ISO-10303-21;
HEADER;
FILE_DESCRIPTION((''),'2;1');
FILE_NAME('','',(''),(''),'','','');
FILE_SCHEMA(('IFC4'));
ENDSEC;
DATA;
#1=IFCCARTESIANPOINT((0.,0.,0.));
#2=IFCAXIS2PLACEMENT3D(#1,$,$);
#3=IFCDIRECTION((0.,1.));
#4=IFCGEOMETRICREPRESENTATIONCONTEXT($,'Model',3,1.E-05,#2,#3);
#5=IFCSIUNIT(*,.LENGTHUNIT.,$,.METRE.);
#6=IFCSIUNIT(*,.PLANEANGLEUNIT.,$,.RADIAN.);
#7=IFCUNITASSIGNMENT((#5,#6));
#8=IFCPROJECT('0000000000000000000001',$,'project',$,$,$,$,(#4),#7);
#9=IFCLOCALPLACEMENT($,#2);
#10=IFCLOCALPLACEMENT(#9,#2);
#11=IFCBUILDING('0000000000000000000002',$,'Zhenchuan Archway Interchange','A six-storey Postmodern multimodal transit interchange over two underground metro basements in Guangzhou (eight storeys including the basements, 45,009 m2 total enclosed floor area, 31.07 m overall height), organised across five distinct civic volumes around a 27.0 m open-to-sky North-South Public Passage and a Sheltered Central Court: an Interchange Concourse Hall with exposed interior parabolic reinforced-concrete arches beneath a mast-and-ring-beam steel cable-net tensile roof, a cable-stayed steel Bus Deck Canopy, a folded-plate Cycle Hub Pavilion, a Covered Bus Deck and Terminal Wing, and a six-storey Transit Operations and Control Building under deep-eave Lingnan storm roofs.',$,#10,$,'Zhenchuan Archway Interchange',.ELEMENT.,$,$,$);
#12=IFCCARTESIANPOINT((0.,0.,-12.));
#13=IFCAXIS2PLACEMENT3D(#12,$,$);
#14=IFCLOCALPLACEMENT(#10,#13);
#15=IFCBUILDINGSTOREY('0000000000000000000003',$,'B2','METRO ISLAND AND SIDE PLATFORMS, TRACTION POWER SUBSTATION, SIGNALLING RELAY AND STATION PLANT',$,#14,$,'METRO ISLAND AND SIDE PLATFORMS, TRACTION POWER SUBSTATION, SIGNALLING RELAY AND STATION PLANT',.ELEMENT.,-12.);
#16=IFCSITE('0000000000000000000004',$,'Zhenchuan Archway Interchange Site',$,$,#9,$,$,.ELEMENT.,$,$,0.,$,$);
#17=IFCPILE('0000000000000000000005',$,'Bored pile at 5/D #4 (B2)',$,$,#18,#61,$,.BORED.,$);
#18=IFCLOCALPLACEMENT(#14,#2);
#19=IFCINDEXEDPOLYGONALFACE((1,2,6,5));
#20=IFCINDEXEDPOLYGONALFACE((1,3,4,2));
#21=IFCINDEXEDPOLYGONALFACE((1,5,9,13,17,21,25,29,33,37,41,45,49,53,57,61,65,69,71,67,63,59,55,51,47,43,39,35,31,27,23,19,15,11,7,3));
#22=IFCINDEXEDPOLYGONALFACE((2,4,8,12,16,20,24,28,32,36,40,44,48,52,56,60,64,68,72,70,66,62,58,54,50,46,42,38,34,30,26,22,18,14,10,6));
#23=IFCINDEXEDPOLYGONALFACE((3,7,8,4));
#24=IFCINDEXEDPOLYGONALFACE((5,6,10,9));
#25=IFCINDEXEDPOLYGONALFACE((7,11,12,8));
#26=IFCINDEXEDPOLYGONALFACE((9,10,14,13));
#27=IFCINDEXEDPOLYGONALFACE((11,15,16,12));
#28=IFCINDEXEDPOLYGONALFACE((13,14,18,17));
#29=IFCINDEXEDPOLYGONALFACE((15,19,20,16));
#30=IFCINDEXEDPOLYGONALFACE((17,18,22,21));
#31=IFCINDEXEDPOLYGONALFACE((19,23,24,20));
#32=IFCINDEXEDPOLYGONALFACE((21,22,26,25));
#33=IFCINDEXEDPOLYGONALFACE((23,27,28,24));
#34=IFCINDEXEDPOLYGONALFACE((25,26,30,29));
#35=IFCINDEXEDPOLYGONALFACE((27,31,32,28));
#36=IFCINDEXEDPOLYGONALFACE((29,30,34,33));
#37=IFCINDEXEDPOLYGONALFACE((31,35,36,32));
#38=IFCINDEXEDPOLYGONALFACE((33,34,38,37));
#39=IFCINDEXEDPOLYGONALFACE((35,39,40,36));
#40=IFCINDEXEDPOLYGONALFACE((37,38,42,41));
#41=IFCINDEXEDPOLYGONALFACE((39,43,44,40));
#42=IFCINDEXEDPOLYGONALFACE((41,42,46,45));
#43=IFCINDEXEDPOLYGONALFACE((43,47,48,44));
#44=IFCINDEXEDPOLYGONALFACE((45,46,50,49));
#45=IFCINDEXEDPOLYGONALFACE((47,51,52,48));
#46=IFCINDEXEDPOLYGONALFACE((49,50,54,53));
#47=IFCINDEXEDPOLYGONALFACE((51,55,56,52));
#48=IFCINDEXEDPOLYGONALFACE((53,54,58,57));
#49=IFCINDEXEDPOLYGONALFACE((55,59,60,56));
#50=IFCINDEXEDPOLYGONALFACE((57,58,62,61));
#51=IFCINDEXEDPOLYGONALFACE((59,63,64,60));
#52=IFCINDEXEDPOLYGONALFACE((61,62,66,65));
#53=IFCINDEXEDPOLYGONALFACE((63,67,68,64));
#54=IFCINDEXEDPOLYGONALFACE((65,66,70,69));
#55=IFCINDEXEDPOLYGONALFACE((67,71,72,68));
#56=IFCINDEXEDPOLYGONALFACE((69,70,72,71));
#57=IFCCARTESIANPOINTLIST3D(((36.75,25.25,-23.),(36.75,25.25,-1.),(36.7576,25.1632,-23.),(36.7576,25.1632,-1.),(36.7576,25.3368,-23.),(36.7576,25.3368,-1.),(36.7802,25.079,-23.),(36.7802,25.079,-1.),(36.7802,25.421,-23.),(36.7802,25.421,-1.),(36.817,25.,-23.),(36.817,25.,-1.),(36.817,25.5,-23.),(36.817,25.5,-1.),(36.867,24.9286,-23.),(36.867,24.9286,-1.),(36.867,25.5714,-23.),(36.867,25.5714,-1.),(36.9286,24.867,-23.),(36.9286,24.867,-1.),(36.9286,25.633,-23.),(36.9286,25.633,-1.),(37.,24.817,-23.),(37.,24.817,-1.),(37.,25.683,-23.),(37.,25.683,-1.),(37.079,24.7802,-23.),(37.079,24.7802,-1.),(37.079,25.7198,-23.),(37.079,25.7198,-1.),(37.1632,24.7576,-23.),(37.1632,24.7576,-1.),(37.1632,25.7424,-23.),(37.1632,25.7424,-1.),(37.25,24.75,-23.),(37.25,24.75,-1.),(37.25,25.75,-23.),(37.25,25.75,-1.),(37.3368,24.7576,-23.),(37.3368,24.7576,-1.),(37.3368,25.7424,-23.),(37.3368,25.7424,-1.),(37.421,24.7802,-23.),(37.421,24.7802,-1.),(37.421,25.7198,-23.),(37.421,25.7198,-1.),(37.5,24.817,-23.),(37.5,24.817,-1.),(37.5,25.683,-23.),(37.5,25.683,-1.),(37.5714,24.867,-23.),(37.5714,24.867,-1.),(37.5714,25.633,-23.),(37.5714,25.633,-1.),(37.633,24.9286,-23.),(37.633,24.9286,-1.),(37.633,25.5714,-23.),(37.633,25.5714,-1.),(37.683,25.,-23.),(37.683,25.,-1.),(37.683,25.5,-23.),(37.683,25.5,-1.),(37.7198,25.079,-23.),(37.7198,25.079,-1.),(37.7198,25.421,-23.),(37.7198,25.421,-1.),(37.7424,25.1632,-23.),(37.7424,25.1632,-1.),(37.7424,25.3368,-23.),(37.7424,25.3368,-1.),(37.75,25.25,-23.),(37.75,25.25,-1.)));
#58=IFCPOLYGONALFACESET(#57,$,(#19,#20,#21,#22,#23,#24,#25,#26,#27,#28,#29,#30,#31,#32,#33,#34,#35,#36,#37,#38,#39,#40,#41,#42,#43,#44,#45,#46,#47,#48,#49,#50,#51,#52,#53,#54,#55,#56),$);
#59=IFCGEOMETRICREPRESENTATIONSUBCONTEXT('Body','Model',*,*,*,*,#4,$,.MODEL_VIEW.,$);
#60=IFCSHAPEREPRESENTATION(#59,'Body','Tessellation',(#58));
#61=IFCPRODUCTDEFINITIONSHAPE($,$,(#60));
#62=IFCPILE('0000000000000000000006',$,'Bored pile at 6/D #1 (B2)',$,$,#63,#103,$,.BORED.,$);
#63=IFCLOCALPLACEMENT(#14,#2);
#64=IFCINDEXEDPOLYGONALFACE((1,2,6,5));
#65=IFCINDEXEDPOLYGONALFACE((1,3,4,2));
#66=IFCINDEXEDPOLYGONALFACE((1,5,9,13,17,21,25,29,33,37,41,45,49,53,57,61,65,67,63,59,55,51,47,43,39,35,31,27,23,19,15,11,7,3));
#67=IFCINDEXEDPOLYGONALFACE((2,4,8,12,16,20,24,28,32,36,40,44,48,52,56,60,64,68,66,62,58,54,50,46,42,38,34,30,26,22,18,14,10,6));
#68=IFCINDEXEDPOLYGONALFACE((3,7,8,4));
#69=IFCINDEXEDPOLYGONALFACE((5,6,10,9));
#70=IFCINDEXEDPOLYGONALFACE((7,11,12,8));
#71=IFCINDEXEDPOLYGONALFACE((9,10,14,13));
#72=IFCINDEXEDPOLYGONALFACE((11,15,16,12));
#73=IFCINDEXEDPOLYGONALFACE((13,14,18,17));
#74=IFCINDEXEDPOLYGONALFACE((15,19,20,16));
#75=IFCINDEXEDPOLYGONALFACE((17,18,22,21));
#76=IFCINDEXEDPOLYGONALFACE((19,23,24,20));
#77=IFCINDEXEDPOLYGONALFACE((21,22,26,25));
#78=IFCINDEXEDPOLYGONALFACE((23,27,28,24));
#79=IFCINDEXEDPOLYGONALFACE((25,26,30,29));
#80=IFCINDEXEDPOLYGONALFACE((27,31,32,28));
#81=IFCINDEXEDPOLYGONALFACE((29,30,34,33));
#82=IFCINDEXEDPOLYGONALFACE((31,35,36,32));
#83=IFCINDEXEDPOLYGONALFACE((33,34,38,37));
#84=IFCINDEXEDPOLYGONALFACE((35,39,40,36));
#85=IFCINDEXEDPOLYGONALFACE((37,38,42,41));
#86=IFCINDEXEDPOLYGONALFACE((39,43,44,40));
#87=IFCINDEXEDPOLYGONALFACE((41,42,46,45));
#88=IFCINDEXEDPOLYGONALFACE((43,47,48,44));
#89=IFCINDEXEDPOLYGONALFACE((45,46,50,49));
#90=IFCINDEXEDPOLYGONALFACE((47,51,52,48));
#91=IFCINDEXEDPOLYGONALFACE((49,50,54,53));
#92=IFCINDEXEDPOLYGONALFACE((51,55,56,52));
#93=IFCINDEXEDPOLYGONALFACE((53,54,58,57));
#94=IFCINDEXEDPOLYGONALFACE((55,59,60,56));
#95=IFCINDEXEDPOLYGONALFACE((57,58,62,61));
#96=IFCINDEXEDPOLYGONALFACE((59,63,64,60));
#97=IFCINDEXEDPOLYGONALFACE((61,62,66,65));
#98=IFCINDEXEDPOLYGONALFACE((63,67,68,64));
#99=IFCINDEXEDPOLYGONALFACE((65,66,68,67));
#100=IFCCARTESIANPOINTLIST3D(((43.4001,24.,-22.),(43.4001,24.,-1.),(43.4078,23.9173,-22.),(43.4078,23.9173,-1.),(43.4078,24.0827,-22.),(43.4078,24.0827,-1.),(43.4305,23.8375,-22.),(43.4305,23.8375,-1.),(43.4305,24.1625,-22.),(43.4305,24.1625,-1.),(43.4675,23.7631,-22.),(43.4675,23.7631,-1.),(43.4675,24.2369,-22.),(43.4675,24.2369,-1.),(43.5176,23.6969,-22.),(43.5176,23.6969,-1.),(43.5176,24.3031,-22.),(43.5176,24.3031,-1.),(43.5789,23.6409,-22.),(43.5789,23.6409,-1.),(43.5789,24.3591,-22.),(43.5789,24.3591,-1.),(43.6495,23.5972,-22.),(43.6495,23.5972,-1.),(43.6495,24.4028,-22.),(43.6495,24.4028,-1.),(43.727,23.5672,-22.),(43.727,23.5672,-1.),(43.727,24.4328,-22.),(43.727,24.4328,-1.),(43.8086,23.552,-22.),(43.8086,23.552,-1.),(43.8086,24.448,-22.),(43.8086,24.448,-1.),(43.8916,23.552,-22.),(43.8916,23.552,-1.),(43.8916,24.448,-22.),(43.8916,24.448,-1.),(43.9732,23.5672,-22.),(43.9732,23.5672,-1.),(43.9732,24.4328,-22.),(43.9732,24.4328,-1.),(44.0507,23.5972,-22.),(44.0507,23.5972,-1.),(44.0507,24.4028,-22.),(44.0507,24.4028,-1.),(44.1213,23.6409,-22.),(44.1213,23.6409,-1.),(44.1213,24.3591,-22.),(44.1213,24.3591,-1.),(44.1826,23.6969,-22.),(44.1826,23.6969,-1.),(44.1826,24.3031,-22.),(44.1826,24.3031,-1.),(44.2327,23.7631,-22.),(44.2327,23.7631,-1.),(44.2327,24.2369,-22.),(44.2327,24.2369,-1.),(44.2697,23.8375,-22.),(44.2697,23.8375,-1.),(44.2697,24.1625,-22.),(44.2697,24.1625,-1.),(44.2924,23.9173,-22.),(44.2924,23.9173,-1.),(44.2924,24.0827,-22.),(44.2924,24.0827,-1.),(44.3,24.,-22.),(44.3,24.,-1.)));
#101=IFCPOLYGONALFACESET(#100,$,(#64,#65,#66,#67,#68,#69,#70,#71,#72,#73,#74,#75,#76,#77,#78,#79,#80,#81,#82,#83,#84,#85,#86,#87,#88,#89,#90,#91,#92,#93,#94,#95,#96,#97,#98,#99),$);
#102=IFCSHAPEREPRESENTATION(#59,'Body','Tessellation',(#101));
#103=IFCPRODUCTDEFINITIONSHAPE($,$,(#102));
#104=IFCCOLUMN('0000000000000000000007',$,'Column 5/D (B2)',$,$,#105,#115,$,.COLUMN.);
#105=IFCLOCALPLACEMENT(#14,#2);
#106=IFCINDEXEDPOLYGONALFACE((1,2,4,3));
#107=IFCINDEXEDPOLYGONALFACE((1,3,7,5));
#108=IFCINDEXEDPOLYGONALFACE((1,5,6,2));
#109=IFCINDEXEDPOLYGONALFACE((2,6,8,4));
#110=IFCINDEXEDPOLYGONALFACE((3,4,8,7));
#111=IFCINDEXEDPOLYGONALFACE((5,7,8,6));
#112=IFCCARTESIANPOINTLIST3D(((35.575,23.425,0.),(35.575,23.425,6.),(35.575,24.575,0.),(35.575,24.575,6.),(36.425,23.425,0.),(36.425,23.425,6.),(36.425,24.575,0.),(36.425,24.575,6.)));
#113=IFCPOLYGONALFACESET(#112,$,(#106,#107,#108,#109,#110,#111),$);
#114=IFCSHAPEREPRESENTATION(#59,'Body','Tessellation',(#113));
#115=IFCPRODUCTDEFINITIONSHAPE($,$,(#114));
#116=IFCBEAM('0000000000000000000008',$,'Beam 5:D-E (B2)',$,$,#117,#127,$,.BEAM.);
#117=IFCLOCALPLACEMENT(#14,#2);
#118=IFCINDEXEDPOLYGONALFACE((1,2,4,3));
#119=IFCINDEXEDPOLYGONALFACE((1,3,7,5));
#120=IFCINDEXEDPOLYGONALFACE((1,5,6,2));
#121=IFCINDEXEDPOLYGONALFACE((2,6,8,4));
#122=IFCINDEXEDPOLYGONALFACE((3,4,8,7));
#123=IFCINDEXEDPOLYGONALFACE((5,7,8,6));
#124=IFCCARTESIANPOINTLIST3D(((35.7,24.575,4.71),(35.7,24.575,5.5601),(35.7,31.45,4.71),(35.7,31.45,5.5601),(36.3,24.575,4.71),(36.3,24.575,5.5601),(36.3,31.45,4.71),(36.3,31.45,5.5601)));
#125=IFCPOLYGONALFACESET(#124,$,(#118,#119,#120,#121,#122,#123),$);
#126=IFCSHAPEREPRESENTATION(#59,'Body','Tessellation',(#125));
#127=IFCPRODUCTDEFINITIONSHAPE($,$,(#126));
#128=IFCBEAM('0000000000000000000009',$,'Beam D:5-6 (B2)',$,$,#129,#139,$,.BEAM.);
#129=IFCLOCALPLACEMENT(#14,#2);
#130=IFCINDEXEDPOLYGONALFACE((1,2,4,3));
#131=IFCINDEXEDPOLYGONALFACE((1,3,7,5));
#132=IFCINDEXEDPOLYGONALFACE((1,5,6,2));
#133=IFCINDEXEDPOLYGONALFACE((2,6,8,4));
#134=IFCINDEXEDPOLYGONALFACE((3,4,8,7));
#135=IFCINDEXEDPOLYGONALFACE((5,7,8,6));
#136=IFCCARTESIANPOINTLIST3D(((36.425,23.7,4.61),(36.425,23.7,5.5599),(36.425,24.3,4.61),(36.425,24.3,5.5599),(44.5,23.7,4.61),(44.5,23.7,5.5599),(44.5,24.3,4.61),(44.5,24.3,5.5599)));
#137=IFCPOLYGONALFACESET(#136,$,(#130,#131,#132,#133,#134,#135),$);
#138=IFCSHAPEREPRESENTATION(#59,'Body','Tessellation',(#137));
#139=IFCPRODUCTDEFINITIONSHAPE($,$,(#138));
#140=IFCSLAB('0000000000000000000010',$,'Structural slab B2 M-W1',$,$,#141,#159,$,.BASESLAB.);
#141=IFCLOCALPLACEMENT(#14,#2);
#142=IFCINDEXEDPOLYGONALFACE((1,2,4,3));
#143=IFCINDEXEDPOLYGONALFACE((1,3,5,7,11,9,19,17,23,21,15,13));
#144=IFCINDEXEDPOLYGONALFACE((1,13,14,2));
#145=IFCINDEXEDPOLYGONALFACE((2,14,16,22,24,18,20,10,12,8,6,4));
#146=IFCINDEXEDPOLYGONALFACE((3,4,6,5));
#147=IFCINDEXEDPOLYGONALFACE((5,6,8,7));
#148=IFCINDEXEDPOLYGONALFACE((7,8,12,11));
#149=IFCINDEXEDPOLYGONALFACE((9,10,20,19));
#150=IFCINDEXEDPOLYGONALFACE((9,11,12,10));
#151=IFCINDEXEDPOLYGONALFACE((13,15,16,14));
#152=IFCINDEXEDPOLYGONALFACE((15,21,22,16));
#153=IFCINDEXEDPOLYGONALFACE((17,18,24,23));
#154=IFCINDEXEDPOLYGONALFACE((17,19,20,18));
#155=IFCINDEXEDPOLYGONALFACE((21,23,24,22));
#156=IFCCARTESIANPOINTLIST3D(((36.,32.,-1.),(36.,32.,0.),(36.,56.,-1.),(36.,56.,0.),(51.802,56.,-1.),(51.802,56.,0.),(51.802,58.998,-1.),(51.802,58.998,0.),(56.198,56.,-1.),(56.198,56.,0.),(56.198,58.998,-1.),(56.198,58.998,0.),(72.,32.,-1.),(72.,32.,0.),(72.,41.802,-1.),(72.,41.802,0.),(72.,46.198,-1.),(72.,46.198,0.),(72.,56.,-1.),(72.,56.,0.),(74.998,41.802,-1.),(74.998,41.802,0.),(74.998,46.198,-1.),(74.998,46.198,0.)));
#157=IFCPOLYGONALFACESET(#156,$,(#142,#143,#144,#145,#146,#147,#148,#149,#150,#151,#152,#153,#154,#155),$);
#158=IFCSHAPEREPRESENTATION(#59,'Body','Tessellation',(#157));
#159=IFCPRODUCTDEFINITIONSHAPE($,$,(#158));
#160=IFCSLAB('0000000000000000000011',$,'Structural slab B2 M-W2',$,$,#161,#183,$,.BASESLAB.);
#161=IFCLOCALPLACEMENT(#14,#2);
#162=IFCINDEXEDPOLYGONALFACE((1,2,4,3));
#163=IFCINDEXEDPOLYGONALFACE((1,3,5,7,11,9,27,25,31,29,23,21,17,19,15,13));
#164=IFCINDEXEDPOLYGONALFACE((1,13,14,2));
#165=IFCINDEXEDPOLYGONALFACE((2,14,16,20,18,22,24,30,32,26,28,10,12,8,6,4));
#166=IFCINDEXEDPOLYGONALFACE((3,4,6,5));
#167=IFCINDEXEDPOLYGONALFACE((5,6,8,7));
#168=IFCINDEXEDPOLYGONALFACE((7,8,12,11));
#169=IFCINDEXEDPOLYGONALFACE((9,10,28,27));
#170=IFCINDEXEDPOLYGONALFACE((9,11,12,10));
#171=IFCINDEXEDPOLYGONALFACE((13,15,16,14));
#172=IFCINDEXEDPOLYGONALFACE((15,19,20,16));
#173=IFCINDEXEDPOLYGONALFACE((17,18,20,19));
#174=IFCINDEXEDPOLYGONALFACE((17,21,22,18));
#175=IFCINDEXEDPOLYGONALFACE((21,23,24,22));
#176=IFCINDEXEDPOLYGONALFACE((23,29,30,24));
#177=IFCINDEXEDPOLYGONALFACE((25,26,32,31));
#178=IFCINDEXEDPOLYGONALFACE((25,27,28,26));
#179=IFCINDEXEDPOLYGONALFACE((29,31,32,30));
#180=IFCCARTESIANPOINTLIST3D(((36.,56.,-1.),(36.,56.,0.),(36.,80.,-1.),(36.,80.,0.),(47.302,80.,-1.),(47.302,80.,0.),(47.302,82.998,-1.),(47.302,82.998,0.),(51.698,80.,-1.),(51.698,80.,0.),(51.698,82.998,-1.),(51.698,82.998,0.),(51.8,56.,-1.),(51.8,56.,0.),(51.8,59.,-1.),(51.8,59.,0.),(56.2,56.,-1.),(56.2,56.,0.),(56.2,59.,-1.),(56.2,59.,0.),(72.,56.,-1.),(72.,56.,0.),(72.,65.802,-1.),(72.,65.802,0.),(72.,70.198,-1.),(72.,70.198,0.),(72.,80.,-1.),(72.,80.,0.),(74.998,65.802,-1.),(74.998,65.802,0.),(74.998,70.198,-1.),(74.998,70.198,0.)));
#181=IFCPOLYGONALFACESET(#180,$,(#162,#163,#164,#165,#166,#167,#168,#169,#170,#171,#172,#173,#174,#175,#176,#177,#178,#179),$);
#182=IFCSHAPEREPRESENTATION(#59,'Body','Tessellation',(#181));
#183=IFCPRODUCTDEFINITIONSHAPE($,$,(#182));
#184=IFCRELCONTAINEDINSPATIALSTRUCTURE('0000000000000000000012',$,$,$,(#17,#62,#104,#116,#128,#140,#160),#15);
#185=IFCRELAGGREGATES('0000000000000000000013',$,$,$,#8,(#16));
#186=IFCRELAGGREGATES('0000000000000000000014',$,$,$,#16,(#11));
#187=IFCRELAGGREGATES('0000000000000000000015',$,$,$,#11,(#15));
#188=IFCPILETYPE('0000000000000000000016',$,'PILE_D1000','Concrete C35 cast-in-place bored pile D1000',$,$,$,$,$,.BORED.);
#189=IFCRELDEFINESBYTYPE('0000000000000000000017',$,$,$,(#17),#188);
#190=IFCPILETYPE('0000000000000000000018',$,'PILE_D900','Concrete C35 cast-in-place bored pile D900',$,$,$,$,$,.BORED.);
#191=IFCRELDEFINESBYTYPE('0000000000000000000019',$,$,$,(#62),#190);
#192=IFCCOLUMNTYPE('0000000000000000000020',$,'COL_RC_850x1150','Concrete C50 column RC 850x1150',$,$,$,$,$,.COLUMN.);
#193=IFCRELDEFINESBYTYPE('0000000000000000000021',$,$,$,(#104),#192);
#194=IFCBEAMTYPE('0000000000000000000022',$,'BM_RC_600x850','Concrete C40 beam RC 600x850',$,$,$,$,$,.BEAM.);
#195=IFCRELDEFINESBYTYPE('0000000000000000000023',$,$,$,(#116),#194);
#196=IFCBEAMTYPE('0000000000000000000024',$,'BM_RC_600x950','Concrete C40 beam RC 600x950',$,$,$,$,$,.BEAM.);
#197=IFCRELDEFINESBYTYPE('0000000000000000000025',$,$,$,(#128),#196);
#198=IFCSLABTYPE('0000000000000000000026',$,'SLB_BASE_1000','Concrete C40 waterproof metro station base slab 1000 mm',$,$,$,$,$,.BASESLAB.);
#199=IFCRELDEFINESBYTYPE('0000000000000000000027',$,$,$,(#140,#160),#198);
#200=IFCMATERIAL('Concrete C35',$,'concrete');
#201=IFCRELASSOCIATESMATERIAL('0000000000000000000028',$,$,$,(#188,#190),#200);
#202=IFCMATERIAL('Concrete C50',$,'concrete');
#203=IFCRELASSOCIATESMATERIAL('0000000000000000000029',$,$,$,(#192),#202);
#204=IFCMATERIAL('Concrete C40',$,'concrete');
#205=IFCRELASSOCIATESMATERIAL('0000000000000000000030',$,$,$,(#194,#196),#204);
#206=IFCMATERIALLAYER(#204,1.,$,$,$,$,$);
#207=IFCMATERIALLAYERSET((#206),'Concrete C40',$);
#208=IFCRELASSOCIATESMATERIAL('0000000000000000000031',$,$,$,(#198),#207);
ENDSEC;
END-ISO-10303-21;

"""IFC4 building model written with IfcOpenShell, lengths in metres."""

from ifc_helpers import new_model, si_unit, direction, frame, origin, origin_2d, place, context, subcontext, project, spatial, polyline, rectangle, circle, outline, extrude, material, layer, layer_set, material_profile, profile_set, type_object, element, save


model = new_model("IFC4")

# Units and contexts
model_context = context("Model", 3, precision=1e-05, world=origin(), true_north=direction((0.0, 1.0)))
body_context = subcontext(model_context, "Body", "Model", "MODEL_VIEW")
ifc_project = project(units=[si_unit("LENGTHUNIT", "METRE"), si_unit("PLANEANGLEUNIT", "RADIAN")], contexts=[model_context])

# Site, building, storey
site_placement = place(None, origin())
site = spatial("IfcSite", under=ifc_project, at=site_placement, Name="Zhenchuan Archway Interchange Site", CompositionType="ELEMENT", RefElevation=0.0)
building_placement = place(site_placement, origin())
building = spatial("IfcBuilding", under=site, at=building_placement, Name="Zhenchuan Archway Interchange", Description="A six-storey Postmodern multimodal transit interchange over two underground metro basements in Guangzhou (eight storeys including the basements, 45,009 m2 total enclosed floor area, 31.07 m overall height), organised across five distinct civic volumes around a 27.0 m open-to-sky North-South Public Passage and a Sheltered Central Court: an Interchange Concourse Hall with exposed interior parabolic reinforced-concrete arches beneath a mast-and-ring-beam steel cable-net tensile roof, a cable-stayed steel Bus Deck Canopy, a folded-plate Cycle Hub Pavilion, a Covered Bus Deck and Terminal Wing, and a six-storey Transit Operations and Control Building under deep-eave Lingnan storm roofs.", LongName="Zhenchuan Archway Interchange", CompositionType="ELEMENT")
storey_placement = place(building_placement, frame((0.0, 0.0, -12.0)))
storey = spatial("IfcBuildingStorey", under=building, at=storey_placement, Name="B2", Description="METRO ISLAND AND SIDE PLATFORMS, TRACTION POWER SUBSTATION, SIGNALLING RELAY AND STATION PLANT", LongName="METRO ISLAND AND SIDE PLATFORMS, TRACTION POWER SUBSTATION, SIGNALLING RELAY AND STATION PLANT", CompositionType="ELEMENT", Elevation=-12.0)

# Shared definitions
ifc_material_1 = material(Name="Concrete C40", Category="concrete")

# Piles
ifc_material_2 = material(Name="Concrete C35", Category="concrete")
ifc_material_profile_1 = material_profile(ifc_material_2, circle(Radius=0.5, at=origin_2d()), Name="BORED PILE 1000")
ifc_profile_set_1 = profile_set([ifc_material_profile_1], Name="Concrete C35")
pile_type_1 = type_object("IfcPileType", Name="PILE_D1000", Description="Concrete C35 cast-in-place bored pile D1000", PredefinedType="BORED", material=ifc_profile_set_1)
for number, where, z_axis, x_axis, name in (
    (1, (37.25, 25.25, -1.0), (0.0, 0.0, -1.0), (1.0, 0.0, 0.0), "Bored pile at 5/D #4 (B2)"),
):
    element("IfcPile", number, at=place(storey_placement, frame(where, z_axis=z_axis, x_axis=x_axis)), inside=storey, type_object=pile_type_1, Name=name, PredefinedType="BORED", context=body_context, shape_type="SweptSolid", body=[
        extrude(circle(Radius=0.5, at=origin_2d()), origin(), (0.0, 0.0, 1.0), 22.0),
    ])
ifc_material_profile_2 = material_profile(ifc_material_2, circle(Radius=0.45, at=origin_2d()), Name="BORED PILE 900")
ifc_profile_set_2 = profile_set([ifc_material_profile_2], Name="Concrete C35")
pile_type_2 = type_object("IfcPileType", Name="PILE_D900", Description="Concrete C35 cast-in-place bored pile D900", PredefinedType="BORED", material=ifc_profile_set_2)
pile_placement = place(storey_placement, frame((43.8501, 24.0, -1.0), z_axis=(0.0, 0.0, -1.0), x_axis=(1.0, 0.0, 0.0)))
element("IfcPile", 2, at=pile_placement, inside=storey, type_object=pile_type_2, Name="Bored pile at 6/D #1 (B2)", PredefinedType="BORED", context=body_context, shape_type="SweptSolid", body=[
    extrude(circle(Radius=0.45, at=origin_2d()), origin(), (0.0, 0.0, 1.0), 21.0),
])

# Column
ifc_material_3 = material(Name="Concrete C50", Category="concrete")
ifc_material_profile_3 = material_profile(ifc_material_3, rectangle(XDim=0.8501, YDim=1.1499, at=origin_2d()), Name="RC 850x1150")
ifc_profile_set_3 = profile_set([ifc_material_profile_3], Name="Concrete C50")
column_type = type_object("IfcColumnType", Name="COL_RC_850x1150", Description="Concrete C50 column RC 850x1150", PredefinedType="COLUMN", material=ifc_profile_set_3)
column_placement = place(storey_placement, frame((36.0, 24.0, 0.0), z_axis=(0.0, 0.0, 1.0), x_axis=(1.0, 0.0, 0.0)))
element("IfcColumn", 3, at=column_placement, inside=storey, type_object=column_type, Name="Column 5/D (B2)", PredefinedType="COLUMN", context=body_context, shape_type="SweptSolid", body=[
    extrude(rectangle(XDim=0.8501, YDim=1.1499, at=origin_2d()), origin(), (0.0, 0.0, 1.0), 6.0),
])

# Beams
ifc_material_profile_4 = material_profile(ifc_material_1, rectangle(XDim=0.6001, YDim=0.8501, at=origin_2d()), Name="RC 600x850")
ifc_profile_set_4 = profile_set([ifc_material_profile_4], Name="Concrete C40")
beam_type_1 = type_object("IfcBeamType", Name="BM_RC_600x850", Description="Concrete C40 beam RC 600x850", PredefinedType="BEAM", material=ifc_profile_set_4)
beam_1_placement = place(storey_placement, frame((36.0, 24.575, 5.135), z_axis=(0.0, 1.0, 0.0), x_axis=(-1.0, 0.0, 0.0)))
element("IfcBeam", 4, at=beam_1_placement, inside=storey, type_object=beam_type_1, Name="Beam 5:D-E (B2)", PredefinedType="BEAM", context=body_context, shape_type="SweptSolid", body=[
    extrude(rectangle(XDim=0.6001, YDim=0.8501, at=origin_2d()), origin(), (0.0, 0.0, 1.0), 6.875),
])
ifc_material_profile_5 = material_profile(ifc_material_1, rectangle(XDim=0.6001, YDim=0.95, at=origin_2d()), Name="RC 600x950")
ifc_profile_set_5 = profile_set([ifc_material_profile_5], Name="Concrete C40")
beam_type_2 = type_object("IfcBeamType", Name="BM_RC_600x950", Description="Concrete C40 beam RC 600x950", PredefinedType="BEAM", material=ifc_profile_set_5)
beam_2_placement = place(storey_placement, frame((36.425, 24.0, 5.085), z_axis=(1.0, 0.0, 0.0), x_axis=(0.0, 1.0, 0.0)))
element("IfcBeam", 5, at=beam_2_placement, inside=storey, type_object=beam_type_2, Name="Beam D:5-6 (B2)", PredefinedType="BEAM", context=body_context, shape_type="SweptSolid", body=[
    extrude(rectangle(XDim=0.6001, YDim=0.95, at=origin_2d()), origin(), (0.0, 0.0, 1.0), 8.075),
])

# Slabs
ifc_layer_1 = layer(ifc_material_1, 1.0)
ifc_layer_set_1 = layer_set([ifc_layer_1], Name="Concrete C40")
slab_type_1 = type_object("IfcSlabType", Name="SLB_BASE_1000", Description="Concrete C40 waterproof metro station base slab 1000 mm", PredefinedType="BASESLAB", material=ifc_layer_set_1)
slab_1_placement = place(storey_placement, frame((0.0, 0.0, -1.0)))
element("IfcSlab", 6, at=slab_1_placement, inside=storey, type_object=slab_type_1, Name="Structural slab B2 M-W1", PredefinedType="BASESLAB", context=body_context, shape_type="SweptSolid", body=[
    extrude(outline(polyline([(72.0, 46.198), (74.998, 46.198), (74.998, 41.802), (72.0, 41.802), (72.0, 32.0), (36.0, 32.0), (36.0, 56.0), (51.802, 56.0), (51.802, 58.998), (56.198, 58.998), (56.198, 56.0), (72.0, 56.0), (72.0, 46.198)])), origin(), (0.0, 0.0, 1.0), 1.0),
])
slab_2_placement = place(storey_placement, frame((0.0, 0.0, -1.0)))
element("IfcSlab", 7, at=slab_2_placement, inside=storey, type_object=slab_type_1, Name="Structural slab B2 M-W2", PredefinedType="BASESLAB", context=body_context, shape_type="SweptSolid", body=[
    extrude(outline(polyline([(47.302, 80.0), (47.302, 82.998), (51.698, 82.998), (51.698, 80.0), (72.0, 80.0), (72.0, 70.198), (74.998, 70.198), (74.998, 65.802), (72.0, 65.802), (72.0, 56.0), (56.2, 56.0), (56.2, 59.0), (51.8, 59.0), (51.8, 56.0), (36.0, 56.0), (36.0, 80.0), (47.302, 80.0)])), origin(), (0.0, 0.0, 1.0), 1.0),
])

save(model, "model.ifc")
